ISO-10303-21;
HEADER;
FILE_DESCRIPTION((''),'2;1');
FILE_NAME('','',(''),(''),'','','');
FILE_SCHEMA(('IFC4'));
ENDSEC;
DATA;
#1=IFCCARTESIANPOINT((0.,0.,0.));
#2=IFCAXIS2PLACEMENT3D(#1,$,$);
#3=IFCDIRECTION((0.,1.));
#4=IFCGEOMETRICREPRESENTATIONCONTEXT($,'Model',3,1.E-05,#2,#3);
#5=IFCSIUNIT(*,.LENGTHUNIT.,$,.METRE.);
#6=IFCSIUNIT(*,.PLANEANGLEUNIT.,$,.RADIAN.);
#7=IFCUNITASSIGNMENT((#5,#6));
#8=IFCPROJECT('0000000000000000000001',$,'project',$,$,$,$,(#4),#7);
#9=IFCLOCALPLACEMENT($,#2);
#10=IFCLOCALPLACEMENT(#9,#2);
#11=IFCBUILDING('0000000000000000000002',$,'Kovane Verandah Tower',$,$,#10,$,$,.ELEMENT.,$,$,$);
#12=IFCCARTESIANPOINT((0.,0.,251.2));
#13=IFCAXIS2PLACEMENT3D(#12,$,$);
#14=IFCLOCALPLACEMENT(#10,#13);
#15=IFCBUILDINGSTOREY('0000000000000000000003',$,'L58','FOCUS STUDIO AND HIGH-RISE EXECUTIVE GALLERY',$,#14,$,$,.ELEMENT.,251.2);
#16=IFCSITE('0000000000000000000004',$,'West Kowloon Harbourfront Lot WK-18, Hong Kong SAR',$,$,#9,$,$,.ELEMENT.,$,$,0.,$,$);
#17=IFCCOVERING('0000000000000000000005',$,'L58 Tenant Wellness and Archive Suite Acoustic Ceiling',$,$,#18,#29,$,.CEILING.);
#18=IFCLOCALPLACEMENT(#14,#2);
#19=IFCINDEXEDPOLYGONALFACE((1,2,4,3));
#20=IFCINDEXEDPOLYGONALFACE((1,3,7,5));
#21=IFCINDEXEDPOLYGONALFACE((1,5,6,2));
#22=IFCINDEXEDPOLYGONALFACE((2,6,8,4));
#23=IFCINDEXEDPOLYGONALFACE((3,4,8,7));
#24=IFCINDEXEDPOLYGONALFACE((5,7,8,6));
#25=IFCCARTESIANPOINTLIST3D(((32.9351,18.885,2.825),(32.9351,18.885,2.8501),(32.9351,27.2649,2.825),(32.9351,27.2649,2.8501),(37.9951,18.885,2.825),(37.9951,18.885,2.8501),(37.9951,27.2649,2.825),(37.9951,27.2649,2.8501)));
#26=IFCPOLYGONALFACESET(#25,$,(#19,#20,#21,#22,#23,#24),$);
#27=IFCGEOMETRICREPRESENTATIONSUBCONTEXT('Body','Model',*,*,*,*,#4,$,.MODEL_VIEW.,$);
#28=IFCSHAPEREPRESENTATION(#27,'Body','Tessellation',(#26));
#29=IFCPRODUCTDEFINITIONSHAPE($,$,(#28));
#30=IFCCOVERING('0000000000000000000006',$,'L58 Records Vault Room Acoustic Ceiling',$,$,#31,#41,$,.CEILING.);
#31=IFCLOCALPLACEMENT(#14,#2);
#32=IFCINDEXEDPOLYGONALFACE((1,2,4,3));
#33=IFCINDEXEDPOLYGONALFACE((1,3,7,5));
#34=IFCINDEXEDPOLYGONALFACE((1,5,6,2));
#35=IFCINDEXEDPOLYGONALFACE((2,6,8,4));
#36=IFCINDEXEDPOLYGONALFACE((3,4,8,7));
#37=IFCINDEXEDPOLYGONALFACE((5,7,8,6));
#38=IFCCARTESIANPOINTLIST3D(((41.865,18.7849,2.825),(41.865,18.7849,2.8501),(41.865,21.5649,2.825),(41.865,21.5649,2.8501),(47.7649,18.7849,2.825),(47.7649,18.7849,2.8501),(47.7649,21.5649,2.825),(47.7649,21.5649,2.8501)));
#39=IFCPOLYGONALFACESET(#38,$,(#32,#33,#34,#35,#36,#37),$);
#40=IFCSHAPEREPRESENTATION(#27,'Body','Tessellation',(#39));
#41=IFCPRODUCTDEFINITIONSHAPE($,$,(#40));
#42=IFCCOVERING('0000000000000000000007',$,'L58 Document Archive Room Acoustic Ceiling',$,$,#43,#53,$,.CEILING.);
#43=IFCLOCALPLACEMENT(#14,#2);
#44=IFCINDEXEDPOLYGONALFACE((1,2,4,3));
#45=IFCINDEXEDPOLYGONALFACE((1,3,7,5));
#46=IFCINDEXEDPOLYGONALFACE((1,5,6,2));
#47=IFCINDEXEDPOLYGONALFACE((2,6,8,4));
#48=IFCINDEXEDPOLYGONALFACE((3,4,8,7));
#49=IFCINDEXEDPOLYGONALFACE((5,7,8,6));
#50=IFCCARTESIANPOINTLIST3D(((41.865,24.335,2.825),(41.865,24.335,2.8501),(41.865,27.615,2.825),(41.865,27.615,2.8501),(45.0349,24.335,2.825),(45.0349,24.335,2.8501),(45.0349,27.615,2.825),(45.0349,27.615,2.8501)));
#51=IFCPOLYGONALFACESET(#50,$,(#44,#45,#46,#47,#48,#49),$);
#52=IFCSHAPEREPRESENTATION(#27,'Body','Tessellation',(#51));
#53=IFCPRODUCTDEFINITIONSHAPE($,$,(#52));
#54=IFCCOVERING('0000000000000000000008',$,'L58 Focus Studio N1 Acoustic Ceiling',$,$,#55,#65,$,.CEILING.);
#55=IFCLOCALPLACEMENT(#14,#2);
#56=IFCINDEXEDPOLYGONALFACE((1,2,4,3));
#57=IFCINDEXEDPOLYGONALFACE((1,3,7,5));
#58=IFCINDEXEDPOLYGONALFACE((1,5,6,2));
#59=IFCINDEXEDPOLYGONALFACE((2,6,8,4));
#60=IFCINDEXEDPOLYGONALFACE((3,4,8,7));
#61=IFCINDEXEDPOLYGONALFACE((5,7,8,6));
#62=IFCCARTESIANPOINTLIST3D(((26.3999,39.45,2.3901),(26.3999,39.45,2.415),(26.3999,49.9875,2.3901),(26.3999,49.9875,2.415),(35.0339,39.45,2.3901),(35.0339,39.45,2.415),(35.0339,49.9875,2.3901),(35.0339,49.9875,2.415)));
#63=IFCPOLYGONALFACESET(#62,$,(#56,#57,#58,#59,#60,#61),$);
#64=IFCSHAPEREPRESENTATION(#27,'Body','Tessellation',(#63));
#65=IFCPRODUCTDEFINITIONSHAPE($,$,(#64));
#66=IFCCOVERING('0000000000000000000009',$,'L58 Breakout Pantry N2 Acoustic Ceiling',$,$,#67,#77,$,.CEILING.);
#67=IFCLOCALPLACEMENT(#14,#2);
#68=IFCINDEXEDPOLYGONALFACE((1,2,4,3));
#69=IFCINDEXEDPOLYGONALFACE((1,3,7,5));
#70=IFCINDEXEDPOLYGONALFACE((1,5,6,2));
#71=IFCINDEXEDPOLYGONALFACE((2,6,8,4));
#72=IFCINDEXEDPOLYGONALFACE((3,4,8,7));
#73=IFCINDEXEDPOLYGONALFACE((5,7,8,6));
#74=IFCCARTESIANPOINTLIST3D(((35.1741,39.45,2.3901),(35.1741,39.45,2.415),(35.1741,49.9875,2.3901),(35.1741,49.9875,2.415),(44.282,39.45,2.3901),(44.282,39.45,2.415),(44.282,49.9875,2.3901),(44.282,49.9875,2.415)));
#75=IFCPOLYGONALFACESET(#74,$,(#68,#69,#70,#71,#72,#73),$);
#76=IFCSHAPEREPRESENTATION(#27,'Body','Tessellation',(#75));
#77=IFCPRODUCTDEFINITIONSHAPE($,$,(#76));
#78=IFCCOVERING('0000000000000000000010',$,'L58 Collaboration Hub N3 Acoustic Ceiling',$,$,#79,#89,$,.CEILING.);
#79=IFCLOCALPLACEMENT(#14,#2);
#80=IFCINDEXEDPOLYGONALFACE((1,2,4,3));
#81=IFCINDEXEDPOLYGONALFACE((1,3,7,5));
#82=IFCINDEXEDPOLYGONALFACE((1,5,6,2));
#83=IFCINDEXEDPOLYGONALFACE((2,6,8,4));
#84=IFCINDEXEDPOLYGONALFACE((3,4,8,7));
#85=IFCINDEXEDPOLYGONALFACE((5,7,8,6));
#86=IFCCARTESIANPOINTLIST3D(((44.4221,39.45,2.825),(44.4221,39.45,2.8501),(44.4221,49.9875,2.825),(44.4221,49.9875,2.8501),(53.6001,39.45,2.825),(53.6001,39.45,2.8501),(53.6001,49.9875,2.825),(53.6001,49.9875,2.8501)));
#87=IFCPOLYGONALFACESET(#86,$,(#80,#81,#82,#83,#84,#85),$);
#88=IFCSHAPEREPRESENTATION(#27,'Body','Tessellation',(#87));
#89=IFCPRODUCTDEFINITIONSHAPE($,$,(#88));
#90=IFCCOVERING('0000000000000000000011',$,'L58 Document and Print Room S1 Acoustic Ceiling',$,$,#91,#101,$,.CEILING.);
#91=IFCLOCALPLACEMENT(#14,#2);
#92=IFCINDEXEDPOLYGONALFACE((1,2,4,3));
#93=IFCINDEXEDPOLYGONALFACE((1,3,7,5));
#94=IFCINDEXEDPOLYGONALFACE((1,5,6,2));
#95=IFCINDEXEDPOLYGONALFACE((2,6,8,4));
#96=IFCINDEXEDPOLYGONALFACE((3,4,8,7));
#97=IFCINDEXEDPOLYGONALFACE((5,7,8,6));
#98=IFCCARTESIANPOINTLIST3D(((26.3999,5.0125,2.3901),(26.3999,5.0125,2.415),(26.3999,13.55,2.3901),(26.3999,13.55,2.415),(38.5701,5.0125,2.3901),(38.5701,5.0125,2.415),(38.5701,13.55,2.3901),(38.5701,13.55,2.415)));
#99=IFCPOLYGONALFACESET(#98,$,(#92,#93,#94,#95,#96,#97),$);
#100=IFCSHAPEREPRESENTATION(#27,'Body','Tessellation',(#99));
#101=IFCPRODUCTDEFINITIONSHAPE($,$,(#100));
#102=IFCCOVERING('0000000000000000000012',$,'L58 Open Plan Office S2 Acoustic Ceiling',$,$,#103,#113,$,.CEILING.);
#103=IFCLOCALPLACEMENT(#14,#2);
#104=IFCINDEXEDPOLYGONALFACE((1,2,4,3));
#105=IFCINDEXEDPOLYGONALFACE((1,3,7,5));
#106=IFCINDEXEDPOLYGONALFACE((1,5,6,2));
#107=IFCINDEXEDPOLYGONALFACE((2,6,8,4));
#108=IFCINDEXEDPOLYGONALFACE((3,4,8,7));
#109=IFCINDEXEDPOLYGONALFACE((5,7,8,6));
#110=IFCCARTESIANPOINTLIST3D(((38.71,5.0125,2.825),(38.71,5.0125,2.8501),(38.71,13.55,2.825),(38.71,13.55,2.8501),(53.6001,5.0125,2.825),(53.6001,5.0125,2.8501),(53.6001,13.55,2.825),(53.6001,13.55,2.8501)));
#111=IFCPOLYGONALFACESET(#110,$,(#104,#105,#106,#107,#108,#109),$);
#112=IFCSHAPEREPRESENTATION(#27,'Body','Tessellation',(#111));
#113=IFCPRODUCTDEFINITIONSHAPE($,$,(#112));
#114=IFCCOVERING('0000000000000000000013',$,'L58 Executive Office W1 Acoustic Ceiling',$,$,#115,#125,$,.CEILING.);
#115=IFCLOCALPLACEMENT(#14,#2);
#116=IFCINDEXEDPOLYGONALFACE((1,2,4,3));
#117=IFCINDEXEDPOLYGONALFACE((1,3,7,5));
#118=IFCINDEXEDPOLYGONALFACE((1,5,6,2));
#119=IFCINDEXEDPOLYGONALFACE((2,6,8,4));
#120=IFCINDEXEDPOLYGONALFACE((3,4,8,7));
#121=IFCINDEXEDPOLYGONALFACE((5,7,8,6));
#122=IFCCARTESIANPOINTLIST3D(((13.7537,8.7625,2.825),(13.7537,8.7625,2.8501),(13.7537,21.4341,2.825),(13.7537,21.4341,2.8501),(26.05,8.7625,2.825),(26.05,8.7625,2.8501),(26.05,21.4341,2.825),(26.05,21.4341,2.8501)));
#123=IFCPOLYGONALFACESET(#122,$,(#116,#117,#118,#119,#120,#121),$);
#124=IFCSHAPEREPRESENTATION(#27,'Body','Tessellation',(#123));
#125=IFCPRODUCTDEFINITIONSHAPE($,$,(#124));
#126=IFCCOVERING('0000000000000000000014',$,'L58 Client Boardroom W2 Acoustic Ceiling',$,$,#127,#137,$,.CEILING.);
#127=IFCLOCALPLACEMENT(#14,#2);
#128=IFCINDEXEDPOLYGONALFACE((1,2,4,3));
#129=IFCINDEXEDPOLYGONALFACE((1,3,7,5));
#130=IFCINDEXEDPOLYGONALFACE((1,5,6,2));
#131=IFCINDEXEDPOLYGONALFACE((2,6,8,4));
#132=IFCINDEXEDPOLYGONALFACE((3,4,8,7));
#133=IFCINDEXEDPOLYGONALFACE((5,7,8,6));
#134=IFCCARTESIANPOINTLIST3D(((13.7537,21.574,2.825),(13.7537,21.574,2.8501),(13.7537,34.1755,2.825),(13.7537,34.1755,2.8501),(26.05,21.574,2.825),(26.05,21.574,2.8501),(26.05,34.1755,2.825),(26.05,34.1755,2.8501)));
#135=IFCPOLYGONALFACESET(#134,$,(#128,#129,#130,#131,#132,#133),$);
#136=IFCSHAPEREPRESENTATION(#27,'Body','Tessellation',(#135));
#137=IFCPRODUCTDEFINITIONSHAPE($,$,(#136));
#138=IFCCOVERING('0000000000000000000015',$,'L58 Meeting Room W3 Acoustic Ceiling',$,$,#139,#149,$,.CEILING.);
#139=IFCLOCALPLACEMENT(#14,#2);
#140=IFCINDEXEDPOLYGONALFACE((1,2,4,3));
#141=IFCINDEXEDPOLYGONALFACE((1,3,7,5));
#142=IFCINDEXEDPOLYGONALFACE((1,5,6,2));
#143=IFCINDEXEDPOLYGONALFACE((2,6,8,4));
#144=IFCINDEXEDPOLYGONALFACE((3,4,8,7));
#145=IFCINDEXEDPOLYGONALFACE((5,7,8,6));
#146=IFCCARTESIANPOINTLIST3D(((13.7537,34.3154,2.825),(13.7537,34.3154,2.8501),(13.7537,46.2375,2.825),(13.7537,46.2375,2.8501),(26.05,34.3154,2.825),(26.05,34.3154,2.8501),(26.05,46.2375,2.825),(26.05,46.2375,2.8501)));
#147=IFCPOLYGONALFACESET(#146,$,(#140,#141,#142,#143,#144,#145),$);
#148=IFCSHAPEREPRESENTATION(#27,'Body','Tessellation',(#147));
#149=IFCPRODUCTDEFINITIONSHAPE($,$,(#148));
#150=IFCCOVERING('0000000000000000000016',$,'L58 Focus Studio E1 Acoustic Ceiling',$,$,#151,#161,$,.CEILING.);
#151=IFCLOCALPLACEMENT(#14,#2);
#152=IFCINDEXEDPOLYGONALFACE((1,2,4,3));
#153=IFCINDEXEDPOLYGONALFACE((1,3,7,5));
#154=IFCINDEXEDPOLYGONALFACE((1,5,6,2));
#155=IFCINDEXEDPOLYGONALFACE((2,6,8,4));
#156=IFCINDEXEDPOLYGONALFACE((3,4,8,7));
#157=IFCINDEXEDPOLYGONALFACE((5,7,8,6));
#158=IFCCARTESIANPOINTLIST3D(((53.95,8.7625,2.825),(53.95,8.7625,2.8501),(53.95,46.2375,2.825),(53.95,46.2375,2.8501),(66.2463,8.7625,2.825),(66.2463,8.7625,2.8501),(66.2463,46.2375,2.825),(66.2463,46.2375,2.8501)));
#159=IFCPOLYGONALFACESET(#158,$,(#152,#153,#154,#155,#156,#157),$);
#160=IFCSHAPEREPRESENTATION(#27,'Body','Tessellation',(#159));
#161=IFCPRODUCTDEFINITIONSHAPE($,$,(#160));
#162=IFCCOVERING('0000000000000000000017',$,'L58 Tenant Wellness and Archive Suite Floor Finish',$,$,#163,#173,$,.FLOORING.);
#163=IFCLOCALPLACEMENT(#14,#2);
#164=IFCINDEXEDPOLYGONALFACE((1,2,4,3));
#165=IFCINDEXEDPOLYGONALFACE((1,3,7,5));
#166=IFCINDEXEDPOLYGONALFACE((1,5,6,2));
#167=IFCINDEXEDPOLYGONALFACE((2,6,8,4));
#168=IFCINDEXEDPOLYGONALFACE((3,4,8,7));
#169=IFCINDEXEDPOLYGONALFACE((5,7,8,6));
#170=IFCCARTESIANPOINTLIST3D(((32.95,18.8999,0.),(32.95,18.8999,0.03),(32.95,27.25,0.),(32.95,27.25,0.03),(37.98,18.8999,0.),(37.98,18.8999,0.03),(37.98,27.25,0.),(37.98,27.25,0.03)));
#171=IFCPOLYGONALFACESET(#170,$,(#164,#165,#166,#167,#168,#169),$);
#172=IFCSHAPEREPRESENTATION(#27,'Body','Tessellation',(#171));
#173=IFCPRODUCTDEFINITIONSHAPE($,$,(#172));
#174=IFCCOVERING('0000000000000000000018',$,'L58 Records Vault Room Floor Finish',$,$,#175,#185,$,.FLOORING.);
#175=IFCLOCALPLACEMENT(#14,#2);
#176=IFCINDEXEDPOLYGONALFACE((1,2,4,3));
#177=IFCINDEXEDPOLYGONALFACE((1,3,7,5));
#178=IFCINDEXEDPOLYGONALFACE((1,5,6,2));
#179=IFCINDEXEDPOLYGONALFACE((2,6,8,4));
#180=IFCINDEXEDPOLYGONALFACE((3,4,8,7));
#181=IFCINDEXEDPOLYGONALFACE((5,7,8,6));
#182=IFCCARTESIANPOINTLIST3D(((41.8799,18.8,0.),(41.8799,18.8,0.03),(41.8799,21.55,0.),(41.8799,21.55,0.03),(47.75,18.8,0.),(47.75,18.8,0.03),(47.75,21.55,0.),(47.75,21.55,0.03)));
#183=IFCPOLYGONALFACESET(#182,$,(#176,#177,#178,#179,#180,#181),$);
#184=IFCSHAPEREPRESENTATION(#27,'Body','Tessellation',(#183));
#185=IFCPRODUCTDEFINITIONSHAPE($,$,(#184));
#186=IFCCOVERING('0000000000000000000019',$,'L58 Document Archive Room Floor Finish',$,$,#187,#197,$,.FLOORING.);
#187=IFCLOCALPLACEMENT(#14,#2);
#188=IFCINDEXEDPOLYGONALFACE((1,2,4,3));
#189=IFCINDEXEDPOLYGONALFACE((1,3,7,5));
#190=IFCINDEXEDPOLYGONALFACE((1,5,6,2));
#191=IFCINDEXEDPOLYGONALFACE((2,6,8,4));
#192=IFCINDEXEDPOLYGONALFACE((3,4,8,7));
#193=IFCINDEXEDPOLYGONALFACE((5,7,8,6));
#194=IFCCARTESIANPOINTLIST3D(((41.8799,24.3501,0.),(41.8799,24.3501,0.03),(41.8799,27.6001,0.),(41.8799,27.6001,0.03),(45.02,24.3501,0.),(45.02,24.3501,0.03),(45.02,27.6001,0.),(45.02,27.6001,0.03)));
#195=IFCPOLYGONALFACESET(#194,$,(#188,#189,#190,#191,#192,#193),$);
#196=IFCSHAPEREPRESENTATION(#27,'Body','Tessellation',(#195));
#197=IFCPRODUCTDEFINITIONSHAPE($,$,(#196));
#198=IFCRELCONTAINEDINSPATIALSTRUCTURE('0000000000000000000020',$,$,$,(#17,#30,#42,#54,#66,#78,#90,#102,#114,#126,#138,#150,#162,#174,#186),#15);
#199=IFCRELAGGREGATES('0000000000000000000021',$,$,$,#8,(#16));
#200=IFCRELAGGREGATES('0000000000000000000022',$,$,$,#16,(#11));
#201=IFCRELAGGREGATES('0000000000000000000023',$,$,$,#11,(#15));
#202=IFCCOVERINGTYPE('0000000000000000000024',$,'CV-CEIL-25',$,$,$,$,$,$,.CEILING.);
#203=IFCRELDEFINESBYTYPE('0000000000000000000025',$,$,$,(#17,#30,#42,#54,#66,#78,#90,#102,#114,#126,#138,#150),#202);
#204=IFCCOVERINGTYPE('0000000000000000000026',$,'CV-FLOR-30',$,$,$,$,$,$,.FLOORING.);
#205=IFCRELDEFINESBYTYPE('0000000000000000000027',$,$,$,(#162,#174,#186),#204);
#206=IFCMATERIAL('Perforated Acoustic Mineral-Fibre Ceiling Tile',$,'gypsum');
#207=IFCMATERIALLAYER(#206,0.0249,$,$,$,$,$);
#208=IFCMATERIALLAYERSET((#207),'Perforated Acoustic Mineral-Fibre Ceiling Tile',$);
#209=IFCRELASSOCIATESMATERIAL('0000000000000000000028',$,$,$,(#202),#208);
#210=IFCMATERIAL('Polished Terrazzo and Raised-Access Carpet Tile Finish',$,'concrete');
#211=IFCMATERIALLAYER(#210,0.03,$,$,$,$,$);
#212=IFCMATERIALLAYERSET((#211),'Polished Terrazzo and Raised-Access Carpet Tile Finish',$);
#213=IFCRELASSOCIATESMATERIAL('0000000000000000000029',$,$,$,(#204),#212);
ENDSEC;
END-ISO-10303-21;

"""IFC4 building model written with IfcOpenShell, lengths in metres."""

from ifc_helpers import new_model, si_unit, direction, frame, origin, place, context, subcontext, project, spatial, polyline, outline, extrude, material, layer, layer_set, type_object, element, save


model = new_model("IFC4")

# Units and contexts
model_context = context("Model", 3, precision=1e-05, world=origin(), true_north=direction((0.0, 1.0)))
body_context = subcontext(model_context, "Body", "Model", "MODEL_VIEW")
ifc_project = project(units=[si_unit("LENGTHUNIT", "METRE"), si_unit("PLANEANGLEUNIT", "RADIAN")], contexts=[model_context])

# Site, building, storey
site_placement = place(None, origin())
site = spatial("IfcSite", under=ifc_project, at=site_placement, Name="West Kowloon Harbourfront Lot WK-18, Hong Kong SAR", CompositionType="ELEMENT", RefElevation=0.0)
building_placement = place(site_placement, origin())
building = spatial("IfcBuilding", under=site, at=building_placement, Name="Kovane Verandah Tower", CompositionType="ELEMENT")
storey_placement = place(building_placement, frame((0.0, 0.0, 251.2)))
storey = spatial("IfcBuildingStorey", under=building, at=storey_placement, Name="L58", Description="FOCUS STUDIO AND HIGH-RISE EXECUTIVE GALLERY", CompositionType="ELEMENT", Elevation=251.2)

# Coverings
ifc_material_1 = material(Name="Perforated Acoustic Mineral-Fibre Ceiling Tile", Category="gypsum")
ifc_layer_1 = layer(ifc_material_1, 0.0249)
ifc_layer_set_1 = layer_set([ifc_layer_1], Name="Perforated Acoustic Mineral-Fibre Ceiling Tile")
covering_type_1 = type_object("IfcCoveringType", Name="CV-CEIL-25", PredefinedType="CEILING", material=ifc_layer_set_1)
covering_1_placement = place(storey_placement, frame((0.0, 0.0, 2.825)))
element("IfcCovering", 1, at=covering_1_placement, inside=storey, type_object=covering_type_1, Name="L58 Tenant Wellness and Archive Suite Acoustic Ceiling", PredefinedType="CEILING", context=body_context, shape_type="SweptSolid", body=[
    extrude(outline(polyline([(32.9351, 18.885), (37.9951, 18.885), (37.9951, 27.2649), (32.9351, 27.2649), (32.9351, 18.885)])), origin(), (0.0, 0.0, 1.0), 0.0251),
])
covering_2_placement = place(storey_placement, frame((0.0, 0.0, 2.825)))
element("IfcCovering", 2, at=covering_2_placement, inside=storey, type_object=covering_type_1, Name="L58 Records Vault Room Acoustic Ceiling", PredefinedType="CEILING", context=body_context, shape_type="SweptSolid", body=[
    extrude(outline(polyline([(41.865, 18.7849), (47.7649, 18.7849), (47.7649, 21.5649), (41.865, 21.5649), (41.865, 18.7849)])), origin(), (0.0, 0.0, 1.0), 0.0251),
])
covering_3_placement = place(storey_placement, frame((0.0, 0.0, 2.825)))
element("IfcCovering", 3, at=covering_3_placement, inside=storey, type_object=covering_type_1, Name="L58 Document Archive Room Acoustic Ceiling", PredefinedType="CEILING", context=body_context, shape_type="SweptSolid", body=[
    extrude(outline(polyline([(41.865, 24.335), (45.0349, 24.335), (45.0349, 27.615), (41.865, 27.615), (41.865, 24.335)])), origin(), (0.0, 0.0, 1.0), 0.0251),
])
covering_4_placement = place(storey_placement, frame((0.0, 0.0, 2.3901)))
element("IfcCovering", 4, at=covering_4_placement, inside=storey, type_object=covering_type_1, Name="L58 Focus Studio N1 Acoustic Ceiling", PredefinedType="CEILING", context=body_context, shape_type="SweptSolid", body=[
    extrude(outline(polyline([(26.3999, 39.45), (35.0339, 39.45), (35.0339, 49.9875), (26.3999, 49.9875), (26.3999, 39.45)])), origin(), (0.0, 0.0, 1.0), 0.0249),
])
covering_5_placement = place(storey_placement, frame((0.0, 0.0, 2.3901)))
element("IfcCovering", 5, at=covering_5_placement, inside=storey, type_object=covering_type_1, Name="L58 Breakout Pantry N2 Acoustic Ceiling", PredefinedType="CEILING", context=body_context, shape_type="SweptSolid", body=[
    extrude(outline(polyline([(35.1741, 39.45), (44.282, 39.45), (44.282, 49.9875), (35.1741, 49.9875), (35.1741, 39.45)])), origin(), (0.0, 0.0, 1.0), 0.0249),
])
covering_6_placement = place(storey_placement, frame((0.0, 0.0, 2.825)))
element("IfcCovering", 6, at=covering_6_placement, inside=storey, type_object=covering_type_1, Name="L58 Collaboration Hub N3 Acoustic Ceiling", PredefinedType="CEILING", context=body_context, shape_type="SweptSolid", body=[
    extrude(outline(polyline([(44.4221, 39.45), (53.6001, 39.45), (53.6001, 49.9875), (44.4221, 49.9875), (44.4221, 39.45)])), origin(), (0.0, 0.0, 1.0), 0.0251),
])
covering_7_placement = place(storey_placement, frame((0.0, 0.0, 2.3901)))
element("IfcCovering", 7, at=covering_7_placement, inside=storey, type_object=covering_type_1, Name="L58 Document and Print Room S1 Acoustic Ceiling", PredefinedType="CEILING", context=body_context, shape_type="SweptSolid", body=[
    extrude(outline(polyline([(26.3999, 5.0125), (38.5701, 5.0125), (38.5701, 13.55), (26.3999, 13.55), (26.3999, 5.0125)])), origin(), (0.0, 0.0, 1.0), 0.0249),
])
covering_8_placement = place(storey_placement, frame((0.0, 0.0, 2.825)))
element("IfcCovering", 8, at=covering_8_placement, inside=storey, type_object=covering_type_1, Name="L58 Open Plan Office S2 Acoustic Ceiling", PredefinedType="CEILING", context=body_context, shape_type="SweptSolid", body=[
    extrude(outline(polyline([(38.71, 5.0125), (53.6001, 5.0125), (53.6001, 13.55), (38.71, 13.55), (38.71, 5.0125)])), origin(), (0.0, 0.0, 1.0), 0.0251),
])
covering_9_placement = place(storey_placement, frame((0.0, 0.0, 2.825)))
element("IfcCovering", 9, at=covering_9_placement, inside=storey, type_object=covering_type_1, Name="L58 Executive Office W1 Acoustic Ceiling", PredefinedType="CEILING", context=body_context, shape_type="SweptSolid", body=[
    extrude(outline(polyline([(13.7537, 8.7625), (26.05, 8.7625), (26.05, 21.4341), (13.7537, 21.4341), (13.7537, 8.7625)])), origin(), (0.0, 0.0, 1.0), 0.0251),
])
covering_10_placement = place(storey_placement, frame((0.0, 0.0, 2.825)))
element("IfcCovering", 10, at=covering_10_placement, inside=storey, type_object=covering_type_1, Name="L58 Client Boardroom W2 Acoustic Ceiling", PredefinedType="CEILING", context=body_context, shape_type="SweptSolid", body=[
    extrude(outline(polyline([(13.7537, 21.574), (26.05, 21.574), (26.05, 34.1755), (13.7537, 34.1755), (13.7537, 21.574)])), origin(), (0.0, 0.0, 1.0), 0.0251),
])
covering_11_placement = place(storey_placement, frame((0.0, 0.0, 2.825)))
element("IfcCovering", 11, at=covering_11_placement, inside=storey, type_object=covering_type_1, Name="L58 Meeting Room W3 Acoustic Ceiling", PredefinedType="CEILING", context=body_context, shape_type="SweptSolid", body=[
    extrude(outline(polyline([(13.7537, 34.3154), (26.05, 34.3154), (26.05, 46.2375), (13.7537, 46.2375), (13.7537, 34.3154)])), origin(), (0.0, 0.0, 1.0), 0.0251),
])
covering_12_placement = place(storey_placement, frame((0.0, 0.0, 2.825)))
element("IfcCovering", 12, at=covering_12_placement, inside=storey, type_object=covering_type_1, Name="L58 Focus Studio E1 Acoustic Ceiling", PredefinedType="CEILING", context=body_context, shape_type="SweptSolid", body=[
    extrude(outline(polyline([(53.95, 8.7625), (66.2463, 8.7625), (66.2463, 46.2375), (53.95, 46.2375), (53.95, 8.7625)])), origin(), (0.0, 0.0, 1.0), 0.0251),
])
ifc_material_2 = material(Name="Polished Terrazzo and Raised-Access Carpet Tile Finish", Category="concrete")
ifc_layer_2 = layer(ifc_material_2, 0.03)
ifc_layer_set_2 = layer_set([ifc_layer_2], Name="Polished Terrazzo and Raised-Access Carpet Tile Finish")
covering_type_2 = type_object("IfcCoveringType", Name="CV-FLOR-30", PredefinedType="FLOORING", material=ifc_layer_set_2)
covering_13_placement = place(storey_placement, origin())
element("IfcCovering", 13, at=covering_13_placement, inside=storey, type_object=covering_type_2, Name="L58 Tenant Wellness and Archive Suite Floor Finish", PredefinedType="FLOORING", context=body_context, shape_type="SweptSolid", body=[
    extrude(outline(polyline([(32.95, 18.8999), (37.98, 18.8999), (37.98, 27.25), (32.95, 27.25), (32.95, 18.8999)])), origin(), (0.0, 0.0, 1.0), 0.03),
])
covering_14_placement = place(storey_placement, origin())
element("IfcCovering", 14, at=covering_14_placement, inside=storey, type_object=covering_type_2, Name="L58 Records Vault Room Floor Finish", PredefinedType="FLOORING", context=body_context, shape_type="SweptSolid", body=[
    extrude(outline(polyline([(41.8799, 18.8), (47.75, 18.8), (47.75, 21.55), (41.8799, 21.55), (41.8799, 18.8)])), origin(), (0.0, 0.0, 1.0), 0.03),
])
covering_15_placement = place(storey_placement, origin())
element("IfcCovering", 15, at=covering_15_placement, inside=storey, type_object=covering_type_2, Name="L58 Document Archive Room Floor Finish", PredefinedType="FLOORING", context=body_context, shape_type="SweptSolid", body=[
    extrude(outline(polyline([(41.8799, 24.3501), (45.02, 24.3501), (45.02, 27.6001), (41.8799, 27.6001), (41.8799, 24.3501)])), origin(), (0.0, 0.0, 1.0), 0.03),
])

save(model, "model.ifc")
